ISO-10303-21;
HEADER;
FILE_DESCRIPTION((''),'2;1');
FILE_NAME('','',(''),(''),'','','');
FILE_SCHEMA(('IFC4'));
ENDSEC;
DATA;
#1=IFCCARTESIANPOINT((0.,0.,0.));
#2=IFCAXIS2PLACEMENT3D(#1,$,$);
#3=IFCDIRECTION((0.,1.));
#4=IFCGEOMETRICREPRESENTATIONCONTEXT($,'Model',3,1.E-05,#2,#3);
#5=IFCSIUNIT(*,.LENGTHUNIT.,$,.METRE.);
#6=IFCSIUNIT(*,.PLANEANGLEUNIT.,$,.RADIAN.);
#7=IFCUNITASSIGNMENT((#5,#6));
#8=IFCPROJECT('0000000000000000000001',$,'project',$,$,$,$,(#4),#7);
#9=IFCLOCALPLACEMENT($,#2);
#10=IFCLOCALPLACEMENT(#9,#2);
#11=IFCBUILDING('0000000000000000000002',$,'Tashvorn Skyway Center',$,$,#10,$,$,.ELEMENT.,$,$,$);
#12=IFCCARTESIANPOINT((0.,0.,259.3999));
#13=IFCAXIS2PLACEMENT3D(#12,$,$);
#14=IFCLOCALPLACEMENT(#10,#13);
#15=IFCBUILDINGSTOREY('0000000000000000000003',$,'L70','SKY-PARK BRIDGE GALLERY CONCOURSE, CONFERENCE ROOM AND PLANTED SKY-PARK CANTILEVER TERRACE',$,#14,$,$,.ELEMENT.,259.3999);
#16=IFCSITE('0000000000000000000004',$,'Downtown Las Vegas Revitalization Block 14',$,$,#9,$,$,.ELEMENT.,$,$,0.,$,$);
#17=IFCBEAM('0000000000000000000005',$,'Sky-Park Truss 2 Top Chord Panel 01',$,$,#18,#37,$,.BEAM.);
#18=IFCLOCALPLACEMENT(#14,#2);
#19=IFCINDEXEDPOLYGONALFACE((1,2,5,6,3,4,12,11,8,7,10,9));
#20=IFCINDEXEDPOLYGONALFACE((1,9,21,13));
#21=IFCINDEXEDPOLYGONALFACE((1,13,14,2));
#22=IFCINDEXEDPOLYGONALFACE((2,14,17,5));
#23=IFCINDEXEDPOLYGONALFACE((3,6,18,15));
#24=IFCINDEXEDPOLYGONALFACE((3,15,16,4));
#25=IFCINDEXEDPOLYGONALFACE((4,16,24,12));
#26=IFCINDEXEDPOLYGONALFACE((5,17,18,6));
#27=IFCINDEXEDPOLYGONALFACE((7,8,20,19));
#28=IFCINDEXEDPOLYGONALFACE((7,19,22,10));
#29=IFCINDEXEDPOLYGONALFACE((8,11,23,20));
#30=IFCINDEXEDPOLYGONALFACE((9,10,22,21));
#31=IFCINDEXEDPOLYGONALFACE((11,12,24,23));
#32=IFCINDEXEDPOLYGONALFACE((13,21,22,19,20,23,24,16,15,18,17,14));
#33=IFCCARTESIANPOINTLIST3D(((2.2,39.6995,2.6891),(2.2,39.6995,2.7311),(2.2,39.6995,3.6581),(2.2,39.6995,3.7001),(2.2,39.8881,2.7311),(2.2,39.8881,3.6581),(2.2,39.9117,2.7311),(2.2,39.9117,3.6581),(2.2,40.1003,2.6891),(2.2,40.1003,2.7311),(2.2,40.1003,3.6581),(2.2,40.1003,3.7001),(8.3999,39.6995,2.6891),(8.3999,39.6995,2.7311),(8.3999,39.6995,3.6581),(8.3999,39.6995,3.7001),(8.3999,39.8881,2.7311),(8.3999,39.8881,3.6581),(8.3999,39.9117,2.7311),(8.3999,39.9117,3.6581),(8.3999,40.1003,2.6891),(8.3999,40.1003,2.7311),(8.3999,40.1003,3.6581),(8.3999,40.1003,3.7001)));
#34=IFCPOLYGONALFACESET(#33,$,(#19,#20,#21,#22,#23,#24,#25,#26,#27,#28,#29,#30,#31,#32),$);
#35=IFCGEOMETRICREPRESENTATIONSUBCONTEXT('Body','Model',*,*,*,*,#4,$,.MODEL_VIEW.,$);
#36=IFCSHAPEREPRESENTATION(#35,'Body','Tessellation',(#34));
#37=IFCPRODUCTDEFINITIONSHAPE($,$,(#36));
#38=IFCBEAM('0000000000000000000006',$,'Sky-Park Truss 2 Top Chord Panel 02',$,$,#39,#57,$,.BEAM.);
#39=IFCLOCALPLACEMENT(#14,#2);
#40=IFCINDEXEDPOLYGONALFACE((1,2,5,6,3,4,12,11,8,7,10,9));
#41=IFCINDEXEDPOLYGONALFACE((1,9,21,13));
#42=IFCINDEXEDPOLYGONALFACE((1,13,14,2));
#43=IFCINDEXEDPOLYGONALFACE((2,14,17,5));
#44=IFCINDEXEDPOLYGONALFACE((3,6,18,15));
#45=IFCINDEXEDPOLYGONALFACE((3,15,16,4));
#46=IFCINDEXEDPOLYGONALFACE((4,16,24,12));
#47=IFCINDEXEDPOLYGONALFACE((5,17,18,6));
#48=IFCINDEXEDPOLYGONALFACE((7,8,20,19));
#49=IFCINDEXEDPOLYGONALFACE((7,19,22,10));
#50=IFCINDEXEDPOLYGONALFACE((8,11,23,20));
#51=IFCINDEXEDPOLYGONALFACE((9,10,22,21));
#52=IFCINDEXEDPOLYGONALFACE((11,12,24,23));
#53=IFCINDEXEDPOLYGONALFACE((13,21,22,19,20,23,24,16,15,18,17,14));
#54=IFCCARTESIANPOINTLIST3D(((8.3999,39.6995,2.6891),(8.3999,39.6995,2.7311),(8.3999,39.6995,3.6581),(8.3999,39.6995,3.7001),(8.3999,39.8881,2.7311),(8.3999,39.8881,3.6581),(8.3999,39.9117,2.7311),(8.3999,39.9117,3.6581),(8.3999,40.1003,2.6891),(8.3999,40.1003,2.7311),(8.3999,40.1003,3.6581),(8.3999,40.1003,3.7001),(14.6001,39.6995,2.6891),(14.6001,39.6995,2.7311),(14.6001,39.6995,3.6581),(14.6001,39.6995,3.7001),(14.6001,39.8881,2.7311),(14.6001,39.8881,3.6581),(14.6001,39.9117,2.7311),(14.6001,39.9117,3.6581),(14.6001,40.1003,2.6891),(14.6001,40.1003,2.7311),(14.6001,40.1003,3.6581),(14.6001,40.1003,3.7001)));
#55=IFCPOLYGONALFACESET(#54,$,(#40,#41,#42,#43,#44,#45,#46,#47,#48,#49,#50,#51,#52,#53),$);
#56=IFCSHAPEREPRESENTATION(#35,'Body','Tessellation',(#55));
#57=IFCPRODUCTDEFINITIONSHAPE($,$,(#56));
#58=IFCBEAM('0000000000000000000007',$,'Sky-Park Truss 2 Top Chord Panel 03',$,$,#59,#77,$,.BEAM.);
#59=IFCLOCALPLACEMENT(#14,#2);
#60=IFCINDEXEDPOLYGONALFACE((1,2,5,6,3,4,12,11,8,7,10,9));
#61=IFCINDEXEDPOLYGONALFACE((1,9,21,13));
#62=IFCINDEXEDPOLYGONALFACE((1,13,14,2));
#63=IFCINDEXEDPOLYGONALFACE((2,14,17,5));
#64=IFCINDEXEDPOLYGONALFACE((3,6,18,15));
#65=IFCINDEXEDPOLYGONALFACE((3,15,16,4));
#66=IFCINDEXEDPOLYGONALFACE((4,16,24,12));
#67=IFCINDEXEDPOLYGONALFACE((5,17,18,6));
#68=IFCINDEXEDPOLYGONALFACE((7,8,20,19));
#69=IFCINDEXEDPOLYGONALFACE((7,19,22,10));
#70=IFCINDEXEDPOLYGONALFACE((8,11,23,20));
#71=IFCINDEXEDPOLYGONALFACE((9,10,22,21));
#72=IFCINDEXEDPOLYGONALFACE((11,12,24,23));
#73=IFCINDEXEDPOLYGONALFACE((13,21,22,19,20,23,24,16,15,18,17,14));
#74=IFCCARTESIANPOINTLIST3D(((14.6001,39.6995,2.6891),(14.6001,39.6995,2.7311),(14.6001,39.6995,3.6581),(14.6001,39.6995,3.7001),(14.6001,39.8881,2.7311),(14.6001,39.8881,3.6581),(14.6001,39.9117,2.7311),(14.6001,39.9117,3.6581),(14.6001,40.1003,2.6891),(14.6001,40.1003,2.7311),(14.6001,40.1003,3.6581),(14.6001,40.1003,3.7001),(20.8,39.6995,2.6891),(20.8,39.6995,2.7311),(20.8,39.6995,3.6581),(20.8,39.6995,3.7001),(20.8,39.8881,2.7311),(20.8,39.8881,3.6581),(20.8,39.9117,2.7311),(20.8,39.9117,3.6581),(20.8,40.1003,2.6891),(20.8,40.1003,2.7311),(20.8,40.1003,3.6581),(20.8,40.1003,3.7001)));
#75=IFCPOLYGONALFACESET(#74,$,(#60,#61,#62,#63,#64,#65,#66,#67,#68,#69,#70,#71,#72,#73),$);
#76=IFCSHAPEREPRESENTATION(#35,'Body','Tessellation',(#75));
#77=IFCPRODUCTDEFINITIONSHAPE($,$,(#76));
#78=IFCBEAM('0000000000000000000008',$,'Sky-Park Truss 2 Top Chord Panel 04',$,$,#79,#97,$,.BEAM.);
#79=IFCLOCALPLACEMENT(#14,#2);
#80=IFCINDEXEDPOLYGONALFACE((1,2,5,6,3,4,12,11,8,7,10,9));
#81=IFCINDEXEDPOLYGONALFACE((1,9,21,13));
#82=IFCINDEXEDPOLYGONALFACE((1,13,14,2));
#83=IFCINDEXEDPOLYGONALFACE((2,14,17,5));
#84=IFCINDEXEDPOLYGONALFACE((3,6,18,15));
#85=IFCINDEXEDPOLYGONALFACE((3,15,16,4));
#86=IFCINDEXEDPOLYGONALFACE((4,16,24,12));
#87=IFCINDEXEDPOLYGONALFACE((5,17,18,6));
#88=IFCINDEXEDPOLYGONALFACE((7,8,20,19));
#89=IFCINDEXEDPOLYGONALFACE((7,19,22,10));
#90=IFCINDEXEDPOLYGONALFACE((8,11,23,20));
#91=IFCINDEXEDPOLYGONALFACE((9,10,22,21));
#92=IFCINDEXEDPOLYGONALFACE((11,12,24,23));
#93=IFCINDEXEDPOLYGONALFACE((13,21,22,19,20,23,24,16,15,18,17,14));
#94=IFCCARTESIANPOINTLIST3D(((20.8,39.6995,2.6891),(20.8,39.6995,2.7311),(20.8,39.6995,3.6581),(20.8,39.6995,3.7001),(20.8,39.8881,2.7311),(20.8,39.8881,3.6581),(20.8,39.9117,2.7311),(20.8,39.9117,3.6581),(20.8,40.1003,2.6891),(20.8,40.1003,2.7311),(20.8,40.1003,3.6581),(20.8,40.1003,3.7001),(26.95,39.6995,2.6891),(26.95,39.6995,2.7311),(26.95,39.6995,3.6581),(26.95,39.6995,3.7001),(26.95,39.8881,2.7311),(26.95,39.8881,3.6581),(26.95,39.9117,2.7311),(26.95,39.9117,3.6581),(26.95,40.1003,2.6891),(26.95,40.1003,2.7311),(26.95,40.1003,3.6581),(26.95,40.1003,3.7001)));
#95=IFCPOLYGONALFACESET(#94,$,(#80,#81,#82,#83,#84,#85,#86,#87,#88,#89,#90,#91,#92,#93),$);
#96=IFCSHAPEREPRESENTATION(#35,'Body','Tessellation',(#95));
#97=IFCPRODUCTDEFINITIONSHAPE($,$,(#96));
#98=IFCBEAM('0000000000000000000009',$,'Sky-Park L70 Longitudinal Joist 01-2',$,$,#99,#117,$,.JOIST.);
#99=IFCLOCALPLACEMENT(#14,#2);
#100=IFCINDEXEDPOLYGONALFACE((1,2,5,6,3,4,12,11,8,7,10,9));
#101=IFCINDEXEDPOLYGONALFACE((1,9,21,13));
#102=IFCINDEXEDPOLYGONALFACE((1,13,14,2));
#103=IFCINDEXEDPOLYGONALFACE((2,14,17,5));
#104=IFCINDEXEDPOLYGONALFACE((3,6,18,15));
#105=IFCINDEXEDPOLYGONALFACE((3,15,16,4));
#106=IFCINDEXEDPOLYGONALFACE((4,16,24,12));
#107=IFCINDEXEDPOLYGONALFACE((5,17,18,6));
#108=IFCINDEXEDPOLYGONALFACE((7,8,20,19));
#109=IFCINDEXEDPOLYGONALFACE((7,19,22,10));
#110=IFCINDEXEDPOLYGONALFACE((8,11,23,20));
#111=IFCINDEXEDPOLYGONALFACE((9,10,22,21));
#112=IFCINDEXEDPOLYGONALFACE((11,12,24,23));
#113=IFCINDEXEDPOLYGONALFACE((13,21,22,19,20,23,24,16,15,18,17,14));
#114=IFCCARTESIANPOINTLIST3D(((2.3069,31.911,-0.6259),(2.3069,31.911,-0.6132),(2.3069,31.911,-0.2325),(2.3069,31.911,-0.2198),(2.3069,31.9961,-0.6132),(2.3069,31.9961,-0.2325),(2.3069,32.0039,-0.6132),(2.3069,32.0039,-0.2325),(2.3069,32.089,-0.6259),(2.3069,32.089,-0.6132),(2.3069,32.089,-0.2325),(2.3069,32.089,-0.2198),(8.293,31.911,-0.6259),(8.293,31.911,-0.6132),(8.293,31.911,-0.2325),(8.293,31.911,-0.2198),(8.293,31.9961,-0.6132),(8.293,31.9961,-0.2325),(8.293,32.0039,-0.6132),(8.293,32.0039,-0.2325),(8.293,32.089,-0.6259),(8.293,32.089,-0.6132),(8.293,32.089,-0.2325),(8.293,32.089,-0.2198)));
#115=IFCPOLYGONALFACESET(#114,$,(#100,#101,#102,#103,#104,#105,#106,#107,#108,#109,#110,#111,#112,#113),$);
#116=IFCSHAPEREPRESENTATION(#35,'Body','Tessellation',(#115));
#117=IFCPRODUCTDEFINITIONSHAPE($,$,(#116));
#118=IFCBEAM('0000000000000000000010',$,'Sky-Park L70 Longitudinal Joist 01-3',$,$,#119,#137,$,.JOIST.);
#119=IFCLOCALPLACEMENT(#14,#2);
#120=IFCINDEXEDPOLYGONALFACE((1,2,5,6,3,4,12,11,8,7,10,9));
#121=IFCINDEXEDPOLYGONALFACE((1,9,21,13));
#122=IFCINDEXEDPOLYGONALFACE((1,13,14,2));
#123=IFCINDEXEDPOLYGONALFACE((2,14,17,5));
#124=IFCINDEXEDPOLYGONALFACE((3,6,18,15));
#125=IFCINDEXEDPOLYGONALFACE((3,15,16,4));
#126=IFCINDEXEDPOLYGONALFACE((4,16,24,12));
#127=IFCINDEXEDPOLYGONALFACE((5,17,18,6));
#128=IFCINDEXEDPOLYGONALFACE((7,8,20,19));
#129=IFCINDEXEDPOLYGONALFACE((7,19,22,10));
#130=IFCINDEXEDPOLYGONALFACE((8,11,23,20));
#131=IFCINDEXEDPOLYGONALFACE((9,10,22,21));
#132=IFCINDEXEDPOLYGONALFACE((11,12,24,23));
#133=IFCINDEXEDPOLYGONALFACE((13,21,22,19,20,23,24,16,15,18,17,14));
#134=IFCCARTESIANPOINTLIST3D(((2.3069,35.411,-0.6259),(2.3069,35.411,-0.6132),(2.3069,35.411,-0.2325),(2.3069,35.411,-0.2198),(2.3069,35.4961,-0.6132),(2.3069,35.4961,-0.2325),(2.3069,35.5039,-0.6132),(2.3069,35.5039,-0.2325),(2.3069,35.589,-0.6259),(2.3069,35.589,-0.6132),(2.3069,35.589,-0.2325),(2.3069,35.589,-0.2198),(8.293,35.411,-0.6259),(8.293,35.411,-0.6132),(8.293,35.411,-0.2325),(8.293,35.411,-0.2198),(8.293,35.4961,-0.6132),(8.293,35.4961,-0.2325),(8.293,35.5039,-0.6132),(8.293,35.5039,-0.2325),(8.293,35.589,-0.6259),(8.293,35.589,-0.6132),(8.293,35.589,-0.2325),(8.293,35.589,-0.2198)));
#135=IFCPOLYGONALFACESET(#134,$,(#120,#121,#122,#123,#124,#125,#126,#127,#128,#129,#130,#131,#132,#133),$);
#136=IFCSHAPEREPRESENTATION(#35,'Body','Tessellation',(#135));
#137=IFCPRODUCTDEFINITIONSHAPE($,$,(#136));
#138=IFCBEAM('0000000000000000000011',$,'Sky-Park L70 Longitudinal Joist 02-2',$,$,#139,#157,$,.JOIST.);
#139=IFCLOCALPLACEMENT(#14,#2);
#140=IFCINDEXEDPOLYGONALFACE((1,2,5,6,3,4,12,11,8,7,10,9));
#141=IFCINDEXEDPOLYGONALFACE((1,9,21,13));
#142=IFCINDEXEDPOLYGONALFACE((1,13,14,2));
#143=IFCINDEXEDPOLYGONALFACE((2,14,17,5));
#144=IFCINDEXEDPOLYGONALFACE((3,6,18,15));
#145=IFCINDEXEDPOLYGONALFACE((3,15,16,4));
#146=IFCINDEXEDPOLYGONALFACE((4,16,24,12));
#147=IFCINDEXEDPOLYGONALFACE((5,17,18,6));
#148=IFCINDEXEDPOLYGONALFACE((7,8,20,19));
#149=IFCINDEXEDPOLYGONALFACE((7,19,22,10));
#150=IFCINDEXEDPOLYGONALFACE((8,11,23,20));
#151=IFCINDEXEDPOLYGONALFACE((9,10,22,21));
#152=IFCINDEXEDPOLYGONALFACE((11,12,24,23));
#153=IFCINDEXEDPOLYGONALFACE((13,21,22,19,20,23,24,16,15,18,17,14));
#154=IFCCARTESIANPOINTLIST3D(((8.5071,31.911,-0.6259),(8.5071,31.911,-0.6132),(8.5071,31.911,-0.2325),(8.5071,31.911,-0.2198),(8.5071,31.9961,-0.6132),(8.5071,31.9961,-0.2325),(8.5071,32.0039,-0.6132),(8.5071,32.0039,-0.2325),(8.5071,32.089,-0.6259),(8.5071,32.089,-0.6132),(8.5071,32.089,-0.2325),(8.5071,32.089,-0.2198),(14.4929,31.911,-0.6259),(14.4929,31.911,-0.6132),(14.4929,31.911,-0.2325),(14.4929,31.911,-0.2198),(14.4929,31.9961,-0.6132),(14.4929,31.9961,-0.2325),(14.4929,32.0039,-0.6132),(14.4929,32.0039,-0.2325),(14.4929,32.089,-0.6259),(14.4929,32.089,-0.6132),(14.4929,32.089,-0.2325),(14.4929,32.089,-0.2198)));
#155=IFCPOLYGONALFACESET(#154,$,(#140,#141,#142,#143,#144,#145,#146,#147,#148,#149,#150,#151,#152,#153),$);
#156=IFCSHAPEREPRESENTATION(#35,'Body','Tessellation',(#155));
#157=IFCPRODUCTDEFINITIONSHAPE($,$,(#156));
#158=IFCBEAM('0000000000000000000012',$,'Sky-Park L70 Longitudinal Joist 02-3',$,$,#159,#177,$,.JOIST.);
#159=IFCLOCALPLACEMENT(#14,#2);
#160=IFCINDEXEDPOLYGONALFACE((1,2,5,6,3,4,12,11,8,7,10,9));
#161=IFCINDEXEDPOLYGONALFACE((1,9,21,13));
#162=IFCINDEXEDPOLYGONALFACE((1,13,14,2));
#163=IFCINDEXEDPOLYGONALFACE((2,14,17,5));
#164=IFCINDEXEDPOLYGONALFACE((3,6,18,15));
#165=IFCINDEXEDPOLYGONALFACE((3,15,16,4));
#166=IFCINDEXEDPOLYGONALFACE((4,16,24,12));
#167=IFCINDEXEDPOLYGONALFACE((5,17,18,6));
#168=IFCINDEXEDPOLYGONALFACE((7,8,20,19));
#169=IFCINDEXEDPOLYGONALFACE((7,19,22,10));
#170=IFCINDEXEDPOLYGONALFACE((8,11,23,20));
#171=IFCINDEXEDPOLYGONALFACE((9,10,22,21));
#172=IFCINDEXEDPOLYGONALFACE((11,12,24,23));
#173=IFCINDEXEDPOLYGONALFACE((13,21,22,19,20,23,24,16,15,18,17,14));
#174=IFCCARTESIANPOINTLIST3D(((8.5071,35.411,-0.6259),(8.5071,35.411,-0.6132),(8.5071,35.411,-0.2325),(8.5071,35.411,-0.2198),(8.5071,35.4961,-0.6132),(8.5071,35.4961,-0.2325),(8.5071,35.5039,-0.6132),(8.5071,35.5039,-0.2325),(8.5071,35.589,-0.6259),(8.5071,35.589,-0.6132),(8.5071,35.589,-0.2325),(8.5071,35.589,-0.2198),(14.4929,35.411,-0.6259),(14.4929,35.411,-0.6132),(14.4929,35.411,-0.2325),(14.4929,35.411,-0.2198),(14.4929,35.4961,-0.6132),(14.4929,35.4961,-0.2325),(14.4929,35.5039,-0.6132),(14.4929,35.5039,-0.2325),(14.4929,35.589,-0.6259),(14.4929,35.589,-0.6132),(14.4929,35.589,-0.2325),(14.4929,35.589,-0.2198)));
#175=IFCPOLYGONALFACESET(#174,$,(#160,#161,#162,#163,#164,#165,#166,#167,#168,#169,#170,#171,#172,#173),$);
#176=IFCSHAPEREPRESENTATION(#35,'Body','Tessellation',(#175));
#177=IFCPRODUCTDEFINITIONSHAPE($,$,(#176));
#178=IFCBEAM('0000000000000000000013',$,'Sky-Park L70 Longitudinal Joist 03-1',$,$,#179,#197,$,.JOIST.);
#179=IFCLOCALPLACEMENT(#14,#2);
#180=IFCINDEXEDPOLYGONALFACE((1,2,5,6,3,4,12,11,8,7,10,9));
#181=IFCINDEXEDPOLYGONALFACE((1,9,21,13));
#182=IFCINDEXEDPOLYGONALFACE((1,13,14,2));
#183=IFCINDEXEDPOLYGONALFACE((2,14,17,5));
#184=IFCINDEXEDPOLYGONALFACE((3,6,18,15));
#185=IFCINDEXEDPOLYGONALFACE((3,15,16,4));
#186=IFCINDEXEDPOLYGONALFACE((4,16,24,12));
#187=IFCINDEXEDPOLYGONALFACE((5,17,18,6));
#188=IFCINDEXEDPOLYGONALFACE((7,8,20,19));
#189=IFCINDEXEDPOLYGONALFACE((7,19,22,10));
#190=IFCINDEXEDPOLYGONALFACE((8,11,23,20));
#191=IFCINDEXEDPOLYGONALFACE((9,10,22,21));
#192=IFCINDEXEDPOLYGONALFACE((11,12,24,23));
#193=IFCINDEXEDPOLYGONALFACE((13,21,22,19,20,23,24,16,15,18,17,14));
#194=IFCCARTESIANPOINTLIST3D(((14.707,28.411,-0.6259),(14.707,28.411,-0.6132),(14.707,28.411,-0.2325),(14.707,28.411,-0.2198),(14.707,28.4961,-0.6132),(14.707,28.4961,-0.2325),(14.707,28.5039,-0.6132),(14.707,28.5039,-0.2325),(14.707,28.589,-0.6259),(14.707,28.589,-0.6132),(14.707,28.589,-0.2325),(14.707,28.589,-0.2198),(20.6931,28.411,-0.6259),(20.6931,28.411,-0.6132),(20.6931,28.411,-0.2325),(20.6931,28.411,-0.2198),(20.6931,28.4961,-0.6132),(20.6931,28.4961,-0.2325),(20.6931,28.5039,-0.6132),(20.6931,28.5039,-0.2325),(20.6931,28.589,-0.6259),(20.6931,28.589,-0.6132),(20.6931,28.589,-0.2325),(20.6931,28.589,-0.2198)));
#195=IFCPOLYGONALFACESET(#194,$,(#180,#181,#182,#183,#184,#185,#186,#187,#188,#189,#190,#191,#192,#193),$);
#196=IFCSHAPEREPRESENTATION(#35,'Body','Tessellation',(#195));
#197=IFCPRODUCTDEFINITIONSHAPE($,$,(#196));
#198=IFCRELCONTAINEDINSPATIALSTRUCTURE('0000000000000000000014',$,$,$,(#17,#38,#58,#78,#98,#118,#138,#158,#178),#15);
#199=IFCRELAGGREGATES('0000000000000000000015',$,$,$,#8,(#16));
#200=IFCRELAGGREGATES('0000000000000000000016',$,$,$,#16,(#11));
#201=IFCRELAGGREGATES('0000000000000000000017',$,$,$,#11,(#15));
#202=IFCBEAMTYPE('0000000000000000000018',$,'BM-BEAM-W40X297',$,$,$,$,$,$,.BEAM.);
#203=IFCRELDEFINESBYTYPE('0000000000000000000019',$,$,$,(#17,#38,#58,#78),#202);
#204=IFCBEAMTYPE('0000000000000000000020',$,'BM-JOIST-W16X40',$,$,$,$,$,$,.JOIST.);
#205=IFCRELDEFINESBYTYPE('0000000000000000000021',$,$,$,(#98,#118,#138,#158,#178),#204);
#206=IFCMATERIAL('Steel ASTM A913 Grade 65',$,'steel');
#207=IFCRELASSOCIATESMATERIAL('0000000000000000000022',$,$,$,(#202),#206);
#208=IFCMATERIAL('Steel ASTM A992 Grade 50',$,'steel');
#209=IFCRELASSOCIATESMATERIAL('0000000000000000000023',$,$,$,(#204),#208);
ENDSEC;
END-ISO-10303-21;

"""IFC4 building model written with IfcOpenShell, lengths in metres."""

from ifc_helpers import new_model, si_unit, direction, frame, origin, origin_2d, place, context, subcontext, project, spatial, i_section, extrude, material, material_profile, profile_set, type_object, element, save


model = new_model("IFC4")

# Units and contexts
model_context = context("Model", 3, precision=1e-05, world=origin(), true_north=direction((0.0, 1.0)))
body_context = subcontext(model_context, "Body", "Model", "MODEL_VIEW")
ifc_project = project(units=[si_unit("LENGTHUNIT", "METRE"), si_unit("PLANEANGLEUNIT", "RADIAN")], contexts=[model_context])

# Site, building, storey
site_placement = place(None, origin())
site = spatial("IfcSite", under=ifc_project, at=site_placement, Name="Downtown Las Vegas Revitalization Block 14", CompositionType="ELEMENT", RefElevation=0.0)
building_placement = place(site_placement, origin())
building = spatial("IfcBuilding", under=site, at=building_placement, Name="Tashvorn Skyway Center", CompositionType="ELEMENT")
storey_placement = place(building_placement, frame((0.0, 0.0, 259.3999)))
storey = spatial("IfcBuildingStorey", under=building, at=storey_placement, Name="L70", Description="SKY-PARK BRIDGE GALLERY CONCOURSE, CONFERENCE ROOM AND PLANTED SKY-PARK CANTILEVER TERRACE", CompositionType="ELEMENT", Elevation=259.3999)

# Beams
ifc_material_1 = material(Name="Steel ASTM A913 Grade 65", Category="steel")
ifc_material_profile_1 = material_profile(ifc_material_1, i_section(OverallWidth=0.4009, OverallDepth=1.011, WebThickness=0.0237, FlangeThickness=0.042, at=origin_2d()), Name="W40X297")
ifc_profile_set_1 = profile_set([ifc_material_profile_1], Name="Steel ASTM A913 Grade 65")
beam_type_1 = type_object("IfcBeamType", Name="BM-BEAM-W40X297", PredefinedType="BEAM", material=ifc_profile_set_1)
beam_1_placement = place(storey_placement, frame((2.2, 39.8999, 3.1946), z_axis=(1.0, 0.0, 0.0), x_axis=(0.0, 1.0, 0.0)))
element("IfcBeam", 1, at=beam_1_placement, inside=storey, type_object=beam_type_1, Name="Sky-Park Truss 2 Top Chord Panel 01", PredefinedType="BEAM", context=body_context, shape_type="SweptSolid", body=[
    extrude(i_section(OverallWidth=0.4009, OverallDepth=1.011, WebThickness=0.0237, FlangeThickness=0.042, at=origin_2d()), origin(), (0.0, 0.0, 1.0), 6.2),
])
beam_2_placement = place(storey_placement, frame((8.3999, 39.8999, 3.1946), z_axis=(1.0, 0.0, 0.0), x_axis=(0.0, 1.0, 0.0)))
element("IfcBeam", 2, at=beam_2_placement, inside=storey, type_object=beam_type_1, Name="Sky-Park Truss 2 Top Chord Panel 02", PredefinedType="BEAM", context=body_context, shape_type="SweptSolid", body=[
    extrude(i_section(OverallWidth=0.4009, OverallDepth=1.011, WebThickness=0.0237, FlangeThickness=0.042, at=origin_2d()), origin(), (0.0, 0.0, 1.0), 6.2002),
])
beam_3_placement = place(storey_placement, frame((14.6001, 39.8999, 3.1946), z_axis=(1.0, 0.0, 0.0), x_axis=(0.0, 1.0, 0.0)))
element("IfcBeam", 3, at=beam_3_placement, inside=storey, type_object=beam_type_1, Name="Sky-Park Truss 2 Top Chord Panel 03", PredefinedType="BEAM", context=body_context, shape_type="SweptSolid", body=[
    extrude(i_section(OverallWidth=0.4009, OverallDepth=1.011, WebThickness=0.0237, FlangeThickness=0.042, at=origin_2d()), origin(), (0.0, 0.0, 1.0), 6.2),
])
beam_4_placement = place(storey_placement, frame((20.8, 39.8999, 3.1946), z_axis=(1.0, 0.0, 0.0), x_axis=(0.0, 1.0, 0.0)))
element("IfcBeam", 4, at=beam_4_placement, inside=storey, type_object=beam_type_1, Name="Sky-Park Truss 2 Top Chord Panel 04", PredefinedType="BEAM", context=body_context, shape_type="SweptSolid", body=[
    extrude(i_section(OverallWidth=0.4009, OverallDepth=1.011, WebThickness=0.0237, FlangeThickness=0.042, at=origin_2d()), origin(), (0.0, 0.0, 1.0), 6.1499),
])
ifc_material_2 = material(Name="Steel ASTM A992 Grade 50", Category="steel")
ifc_material_profile_2 = material_profile(ifc_material_2, i_section(OverallWidth=0.178, OverallDepth=0.406, WebThickness=0.0078, FlangeThickness=0.0127, at=origin_2d()), Name="W16X40")
ifc_profile_set_2 = profile_set([ifc_material_profile_2], Name="Steel ASTM A992 Grade 50")
beam_type_2 = type_object("IfcBeamType", Name="BM-JOIST-W16X40", PredefinedType="JOIST", material=ifc_profile_set_2)
for number, where, z_axis, x_axis, name in (
    (5, (2.3069, 32.0, -0.4229), (1.0, 0.0, 0.0), (0.0, 1.0, 0.0), "Sky-Park L70 Longitudinal Joist 01-2"),
    (6, (2.3069, 35.5, -0.4229), (1.0, 0.0, 0.0), (0.0, 1.0, 0.0), "Sky-Park L70 Longitudinal Joist 01-3"),
):
    element("IfcBeam", number, at=place(storey_placement, frame(where, z_axis=z_axis, x_axis=x_axis)), inside=storey, type_object=beam_type_2, Name=name, PredefinedType="JOIST", context=body_context, shape_type="SweptSolid", body=[
        extrude(i_section(OverallWidth=0.178, OverallDepth=0.406, WebThickness=0.0078, FlangeThickness=0.0127, at=origin_2d()), origin(), (0.0, 0.0, 1.0), 5.9861),
    ])
for number, where, z_axis, x_axis, name in (
    (7, (8.5071, 32.0, -0.4229), (1.0, 0.0, 0.0), (0.0, 1.0, 0.0), "Sky-Park L70 Longitudinal Joist 02-2"),
    (8, (8.5071, 35.5, -0.4229), (1.0, 0.0, 0.0), (0.0, 1.0, 0.0), "Sky-Park L70 Longitudinal Joist 02-3"),
):
    element("IfcBeam", number, at=place(storey_placement, frame(where, z_axis=z_axis, x_axis=x_axis)), inside=storey, type_object=beam_type_2, Name=name, PredefinedType="JOIST", context=body_context, shape_type="SweptSolid", body=[
        extrude(i_section(OverallWidth=0.178, OverallDepth=0.406, WebThickness=0.0078, FlangeThickness=0.0127, at=origin_2d()), origin(), (0.0, 0.0, 1.0), 5.9858),
    ])
for number, where, z_axis, x_axis, name in (
    (9, (14.707, 28.5, -0.4229), (1.0, 0.0, 0.0), (0.0, 1.0, 0.0), "Sky-Park L70 Longitudinal Joist 03-1"),
):
    element("IfcBeam", number, at=place(storey_placement, frame(where, z_axis=z_axis, x_axis=x_axis)), inside=storey, type_object=beam_type_2, Name=name, PredefinedType="JOIST", context=body_context, shape_type="SweptSolid", body=[
        extrude(i_section(OverallWidth=0.178, OverallDepth=0.406, WebThickness=0.0078, FlangeThickness=0.0127, at=origin_2d()), origin(), (0.0, 0.0, 1.0), 5.9861),
    ])

save(model, "model.ifc")
